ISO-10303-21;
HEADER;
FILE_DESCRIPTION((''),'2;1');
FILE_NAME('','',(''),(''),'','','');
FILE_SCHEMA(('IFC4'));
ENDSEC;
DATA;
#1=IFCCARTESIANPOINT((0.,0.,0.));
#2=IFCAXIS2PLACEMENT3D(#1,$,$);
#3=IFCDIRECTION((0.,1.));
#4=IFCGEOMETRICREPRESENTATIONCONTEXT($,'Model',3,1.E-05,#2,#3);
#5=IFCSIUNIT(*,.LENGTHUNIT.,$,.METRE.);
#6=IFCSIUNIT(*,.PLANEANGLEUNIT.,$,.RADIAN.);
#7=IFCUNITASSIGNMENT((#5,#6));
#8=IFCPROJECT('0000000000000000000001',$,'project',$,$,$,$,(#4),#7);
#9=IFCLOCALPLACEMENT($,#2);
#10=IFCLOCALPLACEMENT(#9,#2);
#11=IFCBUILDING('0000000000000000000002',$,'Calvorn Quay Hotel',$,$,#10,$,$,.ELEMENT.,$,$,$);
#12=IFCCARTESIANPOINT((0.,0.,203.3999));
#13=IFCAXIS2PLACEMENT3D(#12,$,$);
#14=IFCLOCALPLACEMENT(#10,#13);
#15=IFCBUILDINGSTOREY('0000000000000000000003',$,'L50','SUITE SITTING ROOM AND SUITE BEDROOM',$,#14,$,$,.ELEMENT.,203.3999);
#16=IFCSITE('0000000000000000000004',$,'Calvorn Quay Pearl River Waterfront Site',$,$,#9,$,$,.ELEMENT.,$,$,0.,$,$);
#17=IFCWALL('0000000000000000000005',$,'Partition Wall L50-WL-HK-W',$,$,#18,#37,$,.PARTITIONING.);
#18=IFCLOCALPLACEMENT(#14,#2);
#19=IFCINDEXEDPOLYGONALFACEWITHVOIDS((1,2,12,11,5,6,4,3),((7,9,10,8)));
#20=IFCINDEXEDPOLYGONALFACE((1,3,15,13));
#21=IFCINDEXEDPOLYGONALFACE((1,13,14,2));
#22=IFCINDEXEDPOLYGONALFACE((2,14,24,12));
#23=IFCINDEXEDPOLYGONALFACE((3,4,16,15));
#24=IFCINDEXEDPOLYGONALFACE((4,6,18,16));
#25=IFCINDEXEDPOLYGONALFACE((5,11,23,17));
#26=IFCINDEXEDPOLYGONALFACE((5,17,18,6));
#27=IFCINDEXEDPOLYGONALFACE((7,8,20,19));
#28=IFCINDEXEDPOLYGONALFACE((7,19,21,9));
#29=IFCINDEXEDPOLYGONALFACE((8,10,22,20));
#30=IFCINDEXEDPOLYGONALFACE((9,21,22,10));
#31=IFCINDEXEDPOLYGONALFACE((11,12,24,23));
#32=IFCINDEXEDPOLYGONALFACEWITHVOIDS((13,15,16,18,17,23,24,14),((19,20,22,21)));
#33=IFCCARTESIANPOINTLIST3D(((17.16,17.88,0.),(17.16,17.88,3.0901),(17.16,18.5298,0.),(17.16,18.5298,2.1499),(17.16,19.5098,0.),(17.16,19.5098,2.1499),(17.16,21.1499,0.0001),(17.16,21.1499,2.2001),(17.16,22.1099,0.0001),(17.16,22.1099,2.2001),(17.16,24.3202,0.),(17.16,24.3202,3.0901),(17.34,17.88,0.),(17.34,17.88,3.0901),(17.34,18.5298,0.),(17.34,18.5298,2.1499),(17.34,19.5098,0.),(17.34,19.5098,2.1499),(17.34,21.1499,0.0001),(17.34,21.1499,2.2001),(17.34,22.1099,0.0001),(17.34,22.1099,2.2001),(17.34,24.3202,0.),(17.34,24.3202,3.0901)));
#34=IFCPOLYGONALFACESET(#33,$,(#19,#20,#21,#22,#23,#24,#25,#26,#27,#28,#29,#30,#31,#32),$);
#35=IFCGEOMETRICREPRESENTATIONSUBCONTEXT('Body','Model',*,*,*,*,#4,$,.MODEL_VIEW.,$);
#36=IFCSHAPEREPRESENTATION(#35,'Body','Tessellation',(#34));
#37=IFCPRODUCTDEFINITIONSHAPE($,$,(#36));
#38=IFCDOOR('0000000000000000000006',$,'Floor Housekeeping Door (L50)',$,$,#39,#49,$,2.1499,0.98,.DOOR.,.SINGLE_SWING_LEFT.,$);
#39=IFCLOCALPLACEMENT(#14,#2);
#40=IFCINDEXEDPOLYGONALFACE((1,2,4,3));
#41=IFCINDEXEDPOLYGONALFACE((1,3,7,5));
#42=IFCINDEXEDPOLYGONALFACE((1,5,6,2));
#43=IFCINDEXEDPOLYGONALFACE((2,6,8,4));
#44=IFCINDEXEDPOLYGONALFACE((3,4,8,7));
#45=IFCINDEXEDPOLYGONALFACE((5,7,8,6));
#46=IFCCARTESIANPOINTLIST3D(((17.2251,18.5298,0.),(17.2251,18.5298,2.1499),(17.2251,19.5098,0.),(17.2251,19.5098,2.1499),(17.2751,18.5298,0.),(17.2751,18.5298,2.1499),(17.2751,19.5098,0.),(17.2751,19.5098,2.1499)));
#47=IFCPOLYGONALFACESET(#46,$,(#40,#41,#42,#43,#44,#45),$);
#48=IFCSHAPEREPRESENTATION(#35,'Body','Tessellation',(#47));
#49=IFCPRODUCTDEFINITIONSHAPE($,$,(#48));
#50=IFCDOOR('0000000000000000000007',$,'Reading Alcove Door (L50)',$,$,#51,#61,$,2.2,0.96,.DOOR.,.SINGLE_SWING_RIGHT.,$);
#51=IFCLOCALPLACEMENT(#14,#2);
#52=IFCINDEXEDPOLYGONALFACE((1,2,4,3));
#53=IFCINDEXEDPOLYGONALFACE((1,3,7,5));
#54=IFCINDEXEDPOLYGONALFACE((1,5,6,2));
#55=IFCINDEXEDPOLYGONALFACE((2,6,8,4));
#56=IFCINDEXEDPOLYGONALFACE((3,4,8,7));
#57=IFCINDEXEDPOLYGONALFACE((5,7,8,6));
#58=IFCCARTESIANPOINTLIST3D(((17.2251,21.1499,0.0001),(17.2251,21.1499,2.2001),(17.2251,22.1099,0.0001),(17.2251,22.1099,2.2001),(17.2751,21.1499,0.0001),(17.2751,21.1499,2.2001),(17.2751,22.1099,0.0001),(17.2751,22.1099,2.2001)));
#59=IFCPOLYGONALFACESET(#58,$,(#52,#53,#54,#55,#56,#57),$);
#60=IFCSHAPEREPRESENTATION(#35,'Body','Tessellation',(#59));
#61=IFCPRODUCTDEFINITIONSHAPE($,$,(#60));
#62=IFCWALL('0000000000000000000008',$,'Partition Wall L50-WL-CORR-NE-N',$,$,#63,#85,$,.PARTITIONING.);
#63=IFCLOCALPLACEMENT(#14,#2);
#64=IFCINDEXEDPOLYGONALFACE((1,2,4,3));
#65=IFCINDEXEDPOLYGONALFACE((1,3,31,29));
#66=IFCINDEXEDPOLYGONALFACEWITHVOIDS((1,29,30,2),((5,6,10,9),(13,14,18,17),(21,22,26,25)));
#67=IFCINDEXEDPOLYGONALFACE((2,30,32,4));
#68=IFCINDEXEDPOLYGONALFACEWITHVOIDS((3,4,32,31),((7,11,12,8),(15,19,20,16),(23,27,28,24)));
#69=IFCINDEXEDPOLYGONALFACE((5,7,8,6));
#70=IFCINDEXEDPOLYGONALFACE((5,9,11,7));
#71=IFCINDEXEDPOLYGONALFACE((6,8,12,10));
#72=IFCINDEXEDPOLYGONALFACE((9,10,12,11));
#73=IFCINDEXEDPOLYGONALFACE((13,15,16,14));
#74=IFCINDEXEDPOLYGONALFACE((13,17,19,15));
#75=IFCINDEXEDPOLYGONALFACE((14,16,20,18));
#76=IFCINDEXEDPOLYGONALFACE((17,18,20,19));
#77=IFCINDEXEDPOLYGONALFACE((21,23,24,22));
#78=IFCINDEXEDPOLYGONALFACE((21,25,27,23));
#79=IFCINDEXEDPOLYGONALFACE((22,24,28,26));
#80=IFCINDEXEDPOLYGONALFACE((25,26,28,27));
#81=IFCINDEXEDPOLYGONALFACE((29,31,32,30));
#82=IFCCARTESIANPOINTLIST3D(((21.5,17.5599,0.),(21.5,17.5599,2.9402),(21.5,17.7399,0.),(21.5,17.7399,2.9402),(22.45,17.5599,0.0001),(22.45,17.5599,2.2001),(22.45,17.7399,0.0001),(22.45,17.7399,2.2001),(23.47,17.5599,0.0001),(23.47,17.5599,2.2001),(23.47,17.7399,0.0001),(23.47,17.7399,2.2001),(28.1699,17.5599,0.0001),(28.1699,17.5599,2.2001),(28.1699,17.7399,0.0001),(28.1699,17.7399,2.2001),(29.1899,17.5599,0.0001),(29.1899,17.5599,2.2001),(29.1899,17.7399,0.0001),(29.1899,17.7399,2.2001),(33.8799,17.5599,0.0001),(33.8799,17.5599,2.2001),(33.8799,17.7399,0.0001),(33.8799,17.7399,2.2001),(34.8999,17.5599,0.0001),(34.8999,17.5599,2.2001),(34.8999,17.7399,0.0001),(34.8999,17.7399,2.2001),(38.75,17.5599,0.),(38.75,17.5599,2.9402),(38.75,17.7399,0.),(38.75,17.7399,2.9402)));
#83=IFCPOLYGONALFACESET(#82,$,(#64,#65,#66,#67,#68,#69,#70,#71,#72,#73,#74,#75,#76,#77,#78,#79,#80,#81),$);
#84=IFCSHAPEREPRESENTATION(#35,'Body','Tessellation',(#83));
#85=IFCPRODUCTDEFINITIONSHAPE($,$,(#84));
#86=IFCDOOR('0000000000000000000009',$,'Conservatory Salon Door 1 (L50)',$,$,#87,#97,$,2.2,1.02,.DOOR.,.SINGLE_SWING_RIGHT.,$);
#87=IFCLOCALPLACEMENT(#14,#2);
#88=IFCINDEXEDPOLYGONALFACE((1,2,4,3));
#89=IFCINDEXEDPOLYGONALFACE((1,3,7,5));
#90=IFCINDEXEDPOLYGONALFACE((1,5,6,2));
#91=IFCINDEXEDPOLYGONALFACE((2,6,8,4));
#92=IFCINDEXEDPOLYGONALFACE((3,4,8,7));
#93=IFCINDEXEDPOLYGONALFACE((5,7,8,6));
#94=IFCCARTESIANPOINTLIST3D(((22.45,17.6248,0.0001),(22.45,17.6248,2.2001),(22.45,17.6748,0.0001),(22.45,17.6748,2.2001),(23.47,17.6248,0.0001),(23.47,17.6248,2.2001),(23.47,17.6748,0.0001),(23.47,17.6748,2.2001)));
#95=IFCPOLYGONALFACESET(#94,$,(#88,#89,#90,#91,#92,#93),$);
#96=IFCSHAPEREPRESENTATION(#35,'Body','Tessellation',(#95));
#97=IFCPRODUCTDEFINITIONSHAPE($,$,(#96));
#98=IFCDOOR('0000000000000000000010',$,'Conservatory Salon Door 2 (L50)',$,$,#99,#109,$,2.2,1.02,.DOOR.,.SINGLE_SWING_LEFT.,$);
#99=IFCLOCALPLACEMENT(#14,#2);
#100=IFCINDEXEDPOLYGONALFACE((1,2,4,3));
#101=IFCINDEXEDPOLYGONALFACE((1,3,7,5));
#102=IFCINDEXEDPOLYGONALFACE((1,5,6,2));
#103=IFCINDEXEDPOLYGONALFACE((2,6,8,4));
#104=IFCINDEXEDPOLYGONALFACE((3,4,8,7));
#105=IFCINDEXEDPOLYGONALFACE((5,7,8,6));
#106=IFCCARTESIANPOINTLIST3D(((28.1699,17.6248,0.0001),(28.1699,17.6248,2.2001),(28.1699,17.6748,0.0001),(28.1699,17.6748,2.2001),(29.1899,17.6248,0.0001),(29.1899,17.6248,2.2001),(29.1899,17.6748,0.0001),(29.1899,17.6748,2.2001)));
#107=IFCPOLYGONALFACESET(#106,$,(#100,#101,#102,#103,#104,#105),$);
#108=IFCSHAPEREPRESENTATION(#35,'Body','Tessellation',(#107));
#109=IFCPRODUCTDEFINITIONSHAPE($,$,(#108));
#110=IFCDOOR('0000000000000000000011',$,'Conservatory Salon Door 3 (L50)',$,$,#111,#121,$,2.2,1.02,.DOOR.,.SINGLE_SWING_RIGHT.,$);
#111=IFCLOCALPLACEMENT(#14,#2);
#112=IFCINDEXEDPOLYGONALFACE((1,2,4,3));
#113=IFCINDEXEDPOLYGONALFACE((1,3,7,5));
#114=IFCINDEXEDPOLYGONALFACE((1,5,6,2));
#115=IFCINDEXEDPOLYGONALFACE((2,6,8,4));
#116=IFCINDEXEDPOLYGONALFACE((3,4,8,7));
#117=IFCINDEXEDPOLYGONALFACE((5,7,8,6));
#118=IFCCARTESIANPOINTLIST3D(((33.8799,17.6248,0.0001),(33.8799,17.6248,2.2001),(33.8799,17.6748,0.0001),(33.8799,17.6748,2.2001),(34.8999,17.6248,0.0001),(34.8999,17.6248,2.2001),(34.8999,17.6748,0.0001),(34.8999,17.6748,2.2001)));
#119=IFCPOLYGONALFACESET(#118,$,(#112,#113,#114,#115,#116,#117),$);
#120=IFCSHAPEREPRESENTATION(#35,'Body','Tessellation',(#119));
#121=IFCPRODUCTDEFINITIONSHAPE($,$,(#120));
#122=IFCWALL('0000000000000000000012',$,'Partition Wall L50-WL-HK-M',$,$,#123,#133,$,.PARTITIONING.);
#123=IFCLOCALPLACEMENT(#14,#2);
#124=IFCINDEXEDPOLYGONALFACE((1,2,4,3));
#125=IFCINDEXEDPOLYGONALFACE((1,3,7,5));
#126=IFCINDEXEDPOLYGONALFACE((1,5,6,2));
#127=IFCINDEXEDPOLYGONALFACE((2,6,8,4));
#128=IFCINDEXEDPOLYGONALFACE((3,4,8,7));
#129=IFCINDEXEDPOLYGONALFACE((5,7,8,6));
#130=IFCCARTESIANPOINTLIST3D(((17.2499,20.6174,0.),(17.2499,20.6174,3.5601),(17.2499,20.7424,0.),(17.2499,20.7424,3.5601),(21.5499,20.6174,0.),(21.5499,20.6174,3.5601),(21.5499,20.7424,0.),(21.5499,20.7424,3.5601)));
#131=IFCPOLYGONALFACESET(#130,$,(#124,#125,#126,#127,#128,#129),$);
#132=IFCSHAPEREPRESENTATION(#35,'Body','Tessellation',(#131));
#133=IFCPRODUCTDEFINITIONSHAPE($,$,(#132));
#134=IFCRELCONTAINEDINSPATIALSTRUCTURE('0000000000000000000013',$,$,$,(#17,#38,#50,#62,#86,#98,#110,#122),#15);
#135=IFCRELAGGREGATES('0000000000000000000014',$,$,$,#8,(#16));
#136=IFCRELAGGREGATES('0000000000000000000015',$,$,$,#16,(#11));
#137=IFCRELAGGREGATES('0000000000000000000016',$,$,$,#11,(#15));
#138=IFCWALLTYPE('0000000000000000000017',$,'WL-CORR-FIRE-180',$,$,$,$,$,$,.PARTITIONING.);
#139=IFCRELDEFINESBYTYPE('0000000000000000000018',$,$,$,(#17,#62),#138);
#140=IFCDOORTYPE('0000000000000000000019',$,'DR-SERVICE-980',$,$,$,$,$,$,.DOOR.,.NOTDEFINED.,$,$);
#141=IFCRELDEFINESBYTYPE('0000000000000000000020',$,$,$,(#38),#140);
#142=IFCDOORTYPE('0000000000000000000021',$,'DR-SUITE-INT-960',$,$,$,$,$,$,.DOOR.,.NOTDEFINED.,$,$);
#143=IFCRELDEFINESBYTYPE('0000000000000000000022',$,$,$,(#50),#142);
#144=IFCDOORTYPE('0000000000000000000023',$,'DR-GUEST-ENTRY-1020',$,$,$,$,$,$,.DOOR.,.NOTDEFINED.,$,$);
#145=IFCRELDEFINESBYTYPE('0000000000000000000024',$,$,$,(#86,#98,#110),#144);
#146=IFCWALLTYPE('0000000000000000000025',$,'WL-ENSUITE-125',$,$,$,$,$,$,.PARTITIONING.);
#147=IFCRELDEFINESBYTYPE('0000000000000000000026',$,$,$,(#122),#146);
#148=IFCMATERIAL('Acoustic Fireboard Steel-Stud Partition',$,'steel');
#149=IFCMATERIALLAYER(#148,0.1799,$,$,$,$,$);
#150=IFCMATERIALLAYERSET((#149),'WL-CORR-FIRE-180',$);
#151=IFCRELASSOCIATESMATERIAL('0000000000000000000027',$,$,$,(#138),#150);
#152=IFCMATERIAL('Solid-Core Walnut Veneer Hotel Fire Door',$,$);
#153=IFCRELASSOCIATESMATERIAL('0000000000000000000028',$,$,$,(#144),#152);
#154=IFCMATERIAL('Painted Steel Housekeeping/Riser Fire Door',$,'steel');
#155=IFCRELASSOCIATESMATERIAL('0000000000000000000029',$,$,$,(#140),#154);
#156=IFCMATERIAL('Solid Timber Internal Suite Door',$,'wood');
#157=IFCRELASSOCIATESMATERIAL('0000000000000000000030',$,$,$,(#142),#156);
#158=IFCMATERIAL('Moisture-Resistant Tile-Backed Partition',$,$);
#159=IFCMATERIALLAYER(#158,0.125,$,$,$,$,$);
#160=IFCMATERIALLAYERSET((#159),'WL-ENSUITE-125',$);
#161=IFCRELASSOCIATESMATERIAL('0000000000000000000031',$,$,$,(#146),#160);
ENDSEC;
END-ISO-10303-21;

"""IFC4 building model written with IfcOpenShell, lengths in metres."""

from ifc_helpers import new_model, si_unit, direction, frame, frame_2d, origin, place, context, subcontext, project, spatial, rectangle, extrude, material, layer, layer_set, type_object, element, fill, save


model = new_model("IFC4")

# Units and contexts
model_context = context("Model", 3, precision=1e-05, world=origin(), true_north=direction((0.0, 1.0)))
body_context = subcontext(model_context, "Body", "Model", "MODEL_VIEW")
ifc_project = project(units=[si_unit("LENGTHUNIT", "METRE"), si_unit("PLANEANGLEUNIT", "RADIAN")], contexts=[model_context])

# Site, building, storey
site_placement = place(None, origin())
site = spatial("IfcSite", under=ifc_project, at=site_placement, Name="Calvorn Quay Pearl River Waterfront Site", CompositionType="ELEMENT", RefElevation=0.0)
building_placement = place(site_placement, origin())
building = spatial("IfcBuilding", under=site, at=building_placement, Name="Calvorn Quay Hotel", CompositionType="ELEMENT")
storey_placement = place(building_placement, frame((0.0, 0.0, 203.3999)))
storey = spatial("IfcBuildingStorey", under=building, at=storey_placement, Name="L50", Description="SUITE SITTING ROOM AND SUITE BEDROOM", CompositionType="ELEMENT", Elevation=203.3999)

# Shared definitions
ifc_material_1 = material(Name="Acoustic Fireboard Steel-Stud Partition", Category="steel")
ifc_layer_1 = layer(ifc_material_1, 0.1799)
ifc_layer_set_1 = layer_set([ifc_layer_1], Name="WL-CORR-FIRE-180")
wall_type_1 = type_object("IfcWallType", Name="WL-CORR-FIRE-180", PredefinedType="PARTITIONING", material=ifc_layer_set_1)
ifc_material_2 = material(Name="Solid-Core Walnut Veneer Hotel Fire Door")
door_type_1 = type_object("IfcDoorType", Name="DR-GUEST-ENTRY-1020", OperationType="NOTDEFINED", PredefinedType="DOOR", material=ifc_material_2)

# Walls, openings, doors
wall_1_placement = place(storey_placement, frame((17.25, 17.8799, 0.0), z_axis=(0.0, 0.0, 1.0), x_axis=(0.0, 1.0, 0.0)))
wall_1 = element("IfcWall", 1, at=wall_1_placement, inside=storey, type_object=wall_type_1, Name="Partition Wall L50-WL-HK-W", PredefinedType="PARTITIONING", context=body_context, shape_type="SweptSolid", body=[
    extrude(rectangle(XDim=6.4402, YDim=0.1799, at=frame_2d((3.2202, 0.0))), origin(), (0.0, 0.0, 1.0), 3.0901),
])
opening_1_placement = place(wall_1_placement, frame((0.6499, 0.0, 0.0)))
opening_1 = element("IfcOpeningElement", 2, at=opening_1_placement, cuts=wall_1, PredefinedType="OPENING", context=body_context, shape_type="SweptSolid", body=[
    extrude(rectangle(XDim=0.98, YDim=2.1499, at=frame_2d((0.49, 1.075))), frame((0.0, 0.0999, 0.0), z_axis=(0.0, -1.0, 0.0), x_axis=(1.0, 0.0, 0.0)), (0.0, 0.0, 1.0), 0.2),
])
opening_2_placement = place(wall_1_placement, frame((3.27, 0.0, 0.0)))
opening_2 = element("IfcOpeningElement", 3, at=opening_2_placement, cuts=wall_1, PredefinedType="OPENING", context=body_context, shape_type="SweptSolid", body=[
    extrude(rectangle(XDim=0.96, YDim=2.2, at=frame_2d((0.48, 1.1001))), frame((0.0, 0.0999, 0.0), z_axis=(0.0, -1.0, 0.0), x_axis=(1.0, 0.0, 0.0)), (0.0, 0.0, 1.0), 0.2),
])
ifc_material_3 = material(Name="Painted Steel Housekeeping/Riser Fire Door", Category="steel")
door_type_2 = type_object("IfcDoorType", Name="DR-SERVICE-980", OperationType="NOTDEFINED", PredefinedType="DOOR", material=ifc_material_3)
door_1_placement = place(opening_1_placement, origin())
door_1 = element("IfcDoor", 4, at=door_1_placement, inside=storey, type_object=door_type_2, Name="Floor Housekeeping Door (L50)", OperationType="SINGLE_SWING_LEFT", OverallHeight=2.1499, OverallWidth=0.98, PredefinedType="DOOR", context=body_context, shape_type="SweptSolid", body=[
    extrude(rectangle(XDim=0.98, YDim=2.1499, at=frame_2d((0.49, 1.075))), frame((0.0, 0.0249, 0.0), z_axis=(0.0, -1.0, 0.0), x_axis=(1.0, 0.0, 0.0)), (0.0, 0.0, 1.0), 0.05),
])
fill(opening_1, door_1)
ifc_material_4 = material(Name="Solid Timber Internal Suite Door", Category="wood")
door_type_3 = type_object("IfcDoorType", Name="DR-SUITE-INT-960", OperationType="NOTDEFINED", PredefinedType="DOOR", material=ifc_material_4)
door_2_placement = place(opening_2_placement, origin())
door_2 = element("IfcDoor", 5, at=door_2_placement, inside=storey, type_object=door_type_3, Name="Reading Alcove Door (L50)", OperationType="SINGLE_SWING_RIGHT", OverallHeight=2.2, OverallWidth=0.96, PredefinedType="DOOR", context=body_context, shape_type="SweptSolid", body=[
    extrude(rectangle(XDim=0.96, YDim=2.2, at=frame_2d((0.48, 1.1001))), frame((0.0, 0.0249, 0.0), z_axis=(0.0, -1.0, 0.0), x_axis=(1.0, 0.0, 0.0)), (0.0, 0.0, 1.0), 0.05),
])
fill(opening_2, door_2)
wall_2_placement = place(storey_placement, frame((21.5, 17.6499, 0.0), z_axis=(0.0, 0.0, 1.0), x_axis=(1.0, 0.0, 0.0)))
wall_2 = element("IfcWall", 6, at=wall_2_placement, inside=storey, type_object=wall_type_1, Name="Partition Wall L50-WL-CORR-NE-N", PredefinedType="PARTITIONING", context=body_context, shape_type="SweptSolid", body=[
    extrude(rectangle(XDim=17.25, YDim=0.1799, at=frame_2d((8.625, 0.0))), origin(), (0.0, 0.0, 1.0), 2.9402),
])
opening_3_placement = place(wall_2_placement, frame((0.95, 0.0, 0.0)))
opening_3 = element("IfcOpeningElement", 7, at=opening_3_placement, cuts=wall_2, PredefinedType="OPENING", context=body_context, shape_type="SweptSolid", body=[
    extrude(rectangle(XDim=1.02, YDim=2.2, at=frame_2d((0.51, 1.1001))), frame((0.0, 0.0999, 0.0), z_axis=(0.0, -1.0, 0.0), x_axis=(1.0, 0.0, 0.0)), (0.0, 0.0, 1.0), 0.2),
])
opening_4_placement = place(wall_2_placement, frame((6.6699, 0.0, 0.0)))
opening_4 = element("IfcOpeningElement", 8, at=opening_4_placement, cuts=wall_2, PredefinedType="OPENING", context=body_context, shape_type="SweptSolid", body=[
    extrude(rectangle(XDim=1.02, YDim=2.2, at=frame_2d((0.51, 1.1001))), frame((0.0, 0.0999, 0.0), z_axis=(0.0, -1.0, 0.0), x_axis=(1.0, 0.0, 0.0)), (0.0, 0.0, 1.0), 0.2),
])
opening_5_placement = place(wall_2_placement, frame((12.3799, 0.0, 0.0)))
opening_5 = element("IfcOpeningElement", 9, at=opening_5_placement, cuts=wall_2, PredefinedType="OPENING", context=body_context, shape_type="SweptSolid", body=[
    extrude(rectangle(XDim=1.02, YDim=2.2, at=frame_2d((0.51, 1.1001))), frame((0.0, 0.0999, 0.0), z_axis=(0.0, -1.0, 0.0), x_axis=(1.0, 0.0, 0.0)), (0.0, 0.0, 1.0), 0.2),
])
door_3_placement = place(opening_3_placement, origin())
door_3 = element("IfcDoor", 10, at=door_3_placement, inside=storey, type_object=door_type_1, Name="Conservatory Salon Door 1 (L50)", OperationType="SINGLE_SWING_RIGHT", OverallHeight=2.2, OverallWidth=1.02, PredefinedType="DOOR", context=body_context, shape_type="SweptSolid", body=[
    extrude(rectangle(XDim=1.02, YDim=2.2, at=frame_2d((0.51, 1.1001))), frame((0.0, 0.0249, 0.0), z_axis=(0.0, -1.0, 0.0), x_axis=(1.0, 0.0, 0.0)), (0.0, 0.0, 1.0), 0.05),
])
fill(opening_3, door_3)
door_4_placement = place(opening_4_placement, origin())
door_4 = element("IfcDoor", 11, at=door_4_placement, inside=storey, type_object=door_type_1, Name="Conservatory Salon Door 2 (L50)", OperationType="SINGLE_SWING_LEFT", OverallHeight=2.2, OverallWidth=1.02, PredefinedType="DOOR", context=body_context, shape_type="SweptSolid", body=[
    extrude(rectangle(XDim=1.02, YDim=2.2, at=frame_2d((0.51, 1.1001))), frame((0.0, 0.0249, 0.0), z_axis=(0.0, -1.0, 0.0), x_axis=(1.0, 0.0, 0.0)), (0.0, 0.0, 1.0), 0.05),
])
fill(opening_4, door_4)
door_5_placement = place(opening_5_placement, origin())
door_5 = element("IfcDoor", 12, at=door_5_placement, inside=storey, type_object=door_type_1, Name="Conservatory Salon Door 3 (L50)", OperationType="SINGLE_SWING_RIGHT", OverallHeight=2.2, OverallWidth=1.02, PredefinedType="DOOR", context=body_context, shape_type="SweptSolid", body=[
    extrude(rectangle(XDim=1.02, YDim=2.2, at=frame_2d((0.51, 1.1001))), frame((0.0, 0.0249, 0.0), z_axis=(0.0, -1.0, 0.0), x_axis=(1.0, 0.0, 0.0)), (0.0, 0.0, 1.0), 0.05),
])
fill(opening_5, door_5)

# Wall
ifc_material_5 = material(Name="Moisture-Resistant Tile-Backed Partition")
ifc_layer_2 = layer(ifc_material_5, 0.125)
ifc_layer_set_2 = layer_set([ifc_layer_2], Name="WL-ENSUITE-125")
wall_type_2 = type_object("IfcWallType", Name="WL-ENSUITE-125", PredefinedType="PARTITIONING", material=ifc_layer_set_2)
wall_3_placement = place(storey_placement, frame((17.25, 20.6799, 0.0), z_axis=(0.0, 0.0, 1.0), x_axis=(1.0, 0.0, 0.0)))
element("IfcWall", 13, at=wall_3_placement, inside=storey, type_object=wall_type_2, Name="Partition Wall L50-WL-HK-M", PredefinedType="PARTITIONING", context=body_context, shape_type="SweptSolid", body=[
    extrude(rectangle(XDim=4.3, YDim=0.125, at=frame_2d((2.1499, 0.0))), origin(), (0.0, 0.0, 1.0), 3.5601),
])

save(model, "model.ifc")
